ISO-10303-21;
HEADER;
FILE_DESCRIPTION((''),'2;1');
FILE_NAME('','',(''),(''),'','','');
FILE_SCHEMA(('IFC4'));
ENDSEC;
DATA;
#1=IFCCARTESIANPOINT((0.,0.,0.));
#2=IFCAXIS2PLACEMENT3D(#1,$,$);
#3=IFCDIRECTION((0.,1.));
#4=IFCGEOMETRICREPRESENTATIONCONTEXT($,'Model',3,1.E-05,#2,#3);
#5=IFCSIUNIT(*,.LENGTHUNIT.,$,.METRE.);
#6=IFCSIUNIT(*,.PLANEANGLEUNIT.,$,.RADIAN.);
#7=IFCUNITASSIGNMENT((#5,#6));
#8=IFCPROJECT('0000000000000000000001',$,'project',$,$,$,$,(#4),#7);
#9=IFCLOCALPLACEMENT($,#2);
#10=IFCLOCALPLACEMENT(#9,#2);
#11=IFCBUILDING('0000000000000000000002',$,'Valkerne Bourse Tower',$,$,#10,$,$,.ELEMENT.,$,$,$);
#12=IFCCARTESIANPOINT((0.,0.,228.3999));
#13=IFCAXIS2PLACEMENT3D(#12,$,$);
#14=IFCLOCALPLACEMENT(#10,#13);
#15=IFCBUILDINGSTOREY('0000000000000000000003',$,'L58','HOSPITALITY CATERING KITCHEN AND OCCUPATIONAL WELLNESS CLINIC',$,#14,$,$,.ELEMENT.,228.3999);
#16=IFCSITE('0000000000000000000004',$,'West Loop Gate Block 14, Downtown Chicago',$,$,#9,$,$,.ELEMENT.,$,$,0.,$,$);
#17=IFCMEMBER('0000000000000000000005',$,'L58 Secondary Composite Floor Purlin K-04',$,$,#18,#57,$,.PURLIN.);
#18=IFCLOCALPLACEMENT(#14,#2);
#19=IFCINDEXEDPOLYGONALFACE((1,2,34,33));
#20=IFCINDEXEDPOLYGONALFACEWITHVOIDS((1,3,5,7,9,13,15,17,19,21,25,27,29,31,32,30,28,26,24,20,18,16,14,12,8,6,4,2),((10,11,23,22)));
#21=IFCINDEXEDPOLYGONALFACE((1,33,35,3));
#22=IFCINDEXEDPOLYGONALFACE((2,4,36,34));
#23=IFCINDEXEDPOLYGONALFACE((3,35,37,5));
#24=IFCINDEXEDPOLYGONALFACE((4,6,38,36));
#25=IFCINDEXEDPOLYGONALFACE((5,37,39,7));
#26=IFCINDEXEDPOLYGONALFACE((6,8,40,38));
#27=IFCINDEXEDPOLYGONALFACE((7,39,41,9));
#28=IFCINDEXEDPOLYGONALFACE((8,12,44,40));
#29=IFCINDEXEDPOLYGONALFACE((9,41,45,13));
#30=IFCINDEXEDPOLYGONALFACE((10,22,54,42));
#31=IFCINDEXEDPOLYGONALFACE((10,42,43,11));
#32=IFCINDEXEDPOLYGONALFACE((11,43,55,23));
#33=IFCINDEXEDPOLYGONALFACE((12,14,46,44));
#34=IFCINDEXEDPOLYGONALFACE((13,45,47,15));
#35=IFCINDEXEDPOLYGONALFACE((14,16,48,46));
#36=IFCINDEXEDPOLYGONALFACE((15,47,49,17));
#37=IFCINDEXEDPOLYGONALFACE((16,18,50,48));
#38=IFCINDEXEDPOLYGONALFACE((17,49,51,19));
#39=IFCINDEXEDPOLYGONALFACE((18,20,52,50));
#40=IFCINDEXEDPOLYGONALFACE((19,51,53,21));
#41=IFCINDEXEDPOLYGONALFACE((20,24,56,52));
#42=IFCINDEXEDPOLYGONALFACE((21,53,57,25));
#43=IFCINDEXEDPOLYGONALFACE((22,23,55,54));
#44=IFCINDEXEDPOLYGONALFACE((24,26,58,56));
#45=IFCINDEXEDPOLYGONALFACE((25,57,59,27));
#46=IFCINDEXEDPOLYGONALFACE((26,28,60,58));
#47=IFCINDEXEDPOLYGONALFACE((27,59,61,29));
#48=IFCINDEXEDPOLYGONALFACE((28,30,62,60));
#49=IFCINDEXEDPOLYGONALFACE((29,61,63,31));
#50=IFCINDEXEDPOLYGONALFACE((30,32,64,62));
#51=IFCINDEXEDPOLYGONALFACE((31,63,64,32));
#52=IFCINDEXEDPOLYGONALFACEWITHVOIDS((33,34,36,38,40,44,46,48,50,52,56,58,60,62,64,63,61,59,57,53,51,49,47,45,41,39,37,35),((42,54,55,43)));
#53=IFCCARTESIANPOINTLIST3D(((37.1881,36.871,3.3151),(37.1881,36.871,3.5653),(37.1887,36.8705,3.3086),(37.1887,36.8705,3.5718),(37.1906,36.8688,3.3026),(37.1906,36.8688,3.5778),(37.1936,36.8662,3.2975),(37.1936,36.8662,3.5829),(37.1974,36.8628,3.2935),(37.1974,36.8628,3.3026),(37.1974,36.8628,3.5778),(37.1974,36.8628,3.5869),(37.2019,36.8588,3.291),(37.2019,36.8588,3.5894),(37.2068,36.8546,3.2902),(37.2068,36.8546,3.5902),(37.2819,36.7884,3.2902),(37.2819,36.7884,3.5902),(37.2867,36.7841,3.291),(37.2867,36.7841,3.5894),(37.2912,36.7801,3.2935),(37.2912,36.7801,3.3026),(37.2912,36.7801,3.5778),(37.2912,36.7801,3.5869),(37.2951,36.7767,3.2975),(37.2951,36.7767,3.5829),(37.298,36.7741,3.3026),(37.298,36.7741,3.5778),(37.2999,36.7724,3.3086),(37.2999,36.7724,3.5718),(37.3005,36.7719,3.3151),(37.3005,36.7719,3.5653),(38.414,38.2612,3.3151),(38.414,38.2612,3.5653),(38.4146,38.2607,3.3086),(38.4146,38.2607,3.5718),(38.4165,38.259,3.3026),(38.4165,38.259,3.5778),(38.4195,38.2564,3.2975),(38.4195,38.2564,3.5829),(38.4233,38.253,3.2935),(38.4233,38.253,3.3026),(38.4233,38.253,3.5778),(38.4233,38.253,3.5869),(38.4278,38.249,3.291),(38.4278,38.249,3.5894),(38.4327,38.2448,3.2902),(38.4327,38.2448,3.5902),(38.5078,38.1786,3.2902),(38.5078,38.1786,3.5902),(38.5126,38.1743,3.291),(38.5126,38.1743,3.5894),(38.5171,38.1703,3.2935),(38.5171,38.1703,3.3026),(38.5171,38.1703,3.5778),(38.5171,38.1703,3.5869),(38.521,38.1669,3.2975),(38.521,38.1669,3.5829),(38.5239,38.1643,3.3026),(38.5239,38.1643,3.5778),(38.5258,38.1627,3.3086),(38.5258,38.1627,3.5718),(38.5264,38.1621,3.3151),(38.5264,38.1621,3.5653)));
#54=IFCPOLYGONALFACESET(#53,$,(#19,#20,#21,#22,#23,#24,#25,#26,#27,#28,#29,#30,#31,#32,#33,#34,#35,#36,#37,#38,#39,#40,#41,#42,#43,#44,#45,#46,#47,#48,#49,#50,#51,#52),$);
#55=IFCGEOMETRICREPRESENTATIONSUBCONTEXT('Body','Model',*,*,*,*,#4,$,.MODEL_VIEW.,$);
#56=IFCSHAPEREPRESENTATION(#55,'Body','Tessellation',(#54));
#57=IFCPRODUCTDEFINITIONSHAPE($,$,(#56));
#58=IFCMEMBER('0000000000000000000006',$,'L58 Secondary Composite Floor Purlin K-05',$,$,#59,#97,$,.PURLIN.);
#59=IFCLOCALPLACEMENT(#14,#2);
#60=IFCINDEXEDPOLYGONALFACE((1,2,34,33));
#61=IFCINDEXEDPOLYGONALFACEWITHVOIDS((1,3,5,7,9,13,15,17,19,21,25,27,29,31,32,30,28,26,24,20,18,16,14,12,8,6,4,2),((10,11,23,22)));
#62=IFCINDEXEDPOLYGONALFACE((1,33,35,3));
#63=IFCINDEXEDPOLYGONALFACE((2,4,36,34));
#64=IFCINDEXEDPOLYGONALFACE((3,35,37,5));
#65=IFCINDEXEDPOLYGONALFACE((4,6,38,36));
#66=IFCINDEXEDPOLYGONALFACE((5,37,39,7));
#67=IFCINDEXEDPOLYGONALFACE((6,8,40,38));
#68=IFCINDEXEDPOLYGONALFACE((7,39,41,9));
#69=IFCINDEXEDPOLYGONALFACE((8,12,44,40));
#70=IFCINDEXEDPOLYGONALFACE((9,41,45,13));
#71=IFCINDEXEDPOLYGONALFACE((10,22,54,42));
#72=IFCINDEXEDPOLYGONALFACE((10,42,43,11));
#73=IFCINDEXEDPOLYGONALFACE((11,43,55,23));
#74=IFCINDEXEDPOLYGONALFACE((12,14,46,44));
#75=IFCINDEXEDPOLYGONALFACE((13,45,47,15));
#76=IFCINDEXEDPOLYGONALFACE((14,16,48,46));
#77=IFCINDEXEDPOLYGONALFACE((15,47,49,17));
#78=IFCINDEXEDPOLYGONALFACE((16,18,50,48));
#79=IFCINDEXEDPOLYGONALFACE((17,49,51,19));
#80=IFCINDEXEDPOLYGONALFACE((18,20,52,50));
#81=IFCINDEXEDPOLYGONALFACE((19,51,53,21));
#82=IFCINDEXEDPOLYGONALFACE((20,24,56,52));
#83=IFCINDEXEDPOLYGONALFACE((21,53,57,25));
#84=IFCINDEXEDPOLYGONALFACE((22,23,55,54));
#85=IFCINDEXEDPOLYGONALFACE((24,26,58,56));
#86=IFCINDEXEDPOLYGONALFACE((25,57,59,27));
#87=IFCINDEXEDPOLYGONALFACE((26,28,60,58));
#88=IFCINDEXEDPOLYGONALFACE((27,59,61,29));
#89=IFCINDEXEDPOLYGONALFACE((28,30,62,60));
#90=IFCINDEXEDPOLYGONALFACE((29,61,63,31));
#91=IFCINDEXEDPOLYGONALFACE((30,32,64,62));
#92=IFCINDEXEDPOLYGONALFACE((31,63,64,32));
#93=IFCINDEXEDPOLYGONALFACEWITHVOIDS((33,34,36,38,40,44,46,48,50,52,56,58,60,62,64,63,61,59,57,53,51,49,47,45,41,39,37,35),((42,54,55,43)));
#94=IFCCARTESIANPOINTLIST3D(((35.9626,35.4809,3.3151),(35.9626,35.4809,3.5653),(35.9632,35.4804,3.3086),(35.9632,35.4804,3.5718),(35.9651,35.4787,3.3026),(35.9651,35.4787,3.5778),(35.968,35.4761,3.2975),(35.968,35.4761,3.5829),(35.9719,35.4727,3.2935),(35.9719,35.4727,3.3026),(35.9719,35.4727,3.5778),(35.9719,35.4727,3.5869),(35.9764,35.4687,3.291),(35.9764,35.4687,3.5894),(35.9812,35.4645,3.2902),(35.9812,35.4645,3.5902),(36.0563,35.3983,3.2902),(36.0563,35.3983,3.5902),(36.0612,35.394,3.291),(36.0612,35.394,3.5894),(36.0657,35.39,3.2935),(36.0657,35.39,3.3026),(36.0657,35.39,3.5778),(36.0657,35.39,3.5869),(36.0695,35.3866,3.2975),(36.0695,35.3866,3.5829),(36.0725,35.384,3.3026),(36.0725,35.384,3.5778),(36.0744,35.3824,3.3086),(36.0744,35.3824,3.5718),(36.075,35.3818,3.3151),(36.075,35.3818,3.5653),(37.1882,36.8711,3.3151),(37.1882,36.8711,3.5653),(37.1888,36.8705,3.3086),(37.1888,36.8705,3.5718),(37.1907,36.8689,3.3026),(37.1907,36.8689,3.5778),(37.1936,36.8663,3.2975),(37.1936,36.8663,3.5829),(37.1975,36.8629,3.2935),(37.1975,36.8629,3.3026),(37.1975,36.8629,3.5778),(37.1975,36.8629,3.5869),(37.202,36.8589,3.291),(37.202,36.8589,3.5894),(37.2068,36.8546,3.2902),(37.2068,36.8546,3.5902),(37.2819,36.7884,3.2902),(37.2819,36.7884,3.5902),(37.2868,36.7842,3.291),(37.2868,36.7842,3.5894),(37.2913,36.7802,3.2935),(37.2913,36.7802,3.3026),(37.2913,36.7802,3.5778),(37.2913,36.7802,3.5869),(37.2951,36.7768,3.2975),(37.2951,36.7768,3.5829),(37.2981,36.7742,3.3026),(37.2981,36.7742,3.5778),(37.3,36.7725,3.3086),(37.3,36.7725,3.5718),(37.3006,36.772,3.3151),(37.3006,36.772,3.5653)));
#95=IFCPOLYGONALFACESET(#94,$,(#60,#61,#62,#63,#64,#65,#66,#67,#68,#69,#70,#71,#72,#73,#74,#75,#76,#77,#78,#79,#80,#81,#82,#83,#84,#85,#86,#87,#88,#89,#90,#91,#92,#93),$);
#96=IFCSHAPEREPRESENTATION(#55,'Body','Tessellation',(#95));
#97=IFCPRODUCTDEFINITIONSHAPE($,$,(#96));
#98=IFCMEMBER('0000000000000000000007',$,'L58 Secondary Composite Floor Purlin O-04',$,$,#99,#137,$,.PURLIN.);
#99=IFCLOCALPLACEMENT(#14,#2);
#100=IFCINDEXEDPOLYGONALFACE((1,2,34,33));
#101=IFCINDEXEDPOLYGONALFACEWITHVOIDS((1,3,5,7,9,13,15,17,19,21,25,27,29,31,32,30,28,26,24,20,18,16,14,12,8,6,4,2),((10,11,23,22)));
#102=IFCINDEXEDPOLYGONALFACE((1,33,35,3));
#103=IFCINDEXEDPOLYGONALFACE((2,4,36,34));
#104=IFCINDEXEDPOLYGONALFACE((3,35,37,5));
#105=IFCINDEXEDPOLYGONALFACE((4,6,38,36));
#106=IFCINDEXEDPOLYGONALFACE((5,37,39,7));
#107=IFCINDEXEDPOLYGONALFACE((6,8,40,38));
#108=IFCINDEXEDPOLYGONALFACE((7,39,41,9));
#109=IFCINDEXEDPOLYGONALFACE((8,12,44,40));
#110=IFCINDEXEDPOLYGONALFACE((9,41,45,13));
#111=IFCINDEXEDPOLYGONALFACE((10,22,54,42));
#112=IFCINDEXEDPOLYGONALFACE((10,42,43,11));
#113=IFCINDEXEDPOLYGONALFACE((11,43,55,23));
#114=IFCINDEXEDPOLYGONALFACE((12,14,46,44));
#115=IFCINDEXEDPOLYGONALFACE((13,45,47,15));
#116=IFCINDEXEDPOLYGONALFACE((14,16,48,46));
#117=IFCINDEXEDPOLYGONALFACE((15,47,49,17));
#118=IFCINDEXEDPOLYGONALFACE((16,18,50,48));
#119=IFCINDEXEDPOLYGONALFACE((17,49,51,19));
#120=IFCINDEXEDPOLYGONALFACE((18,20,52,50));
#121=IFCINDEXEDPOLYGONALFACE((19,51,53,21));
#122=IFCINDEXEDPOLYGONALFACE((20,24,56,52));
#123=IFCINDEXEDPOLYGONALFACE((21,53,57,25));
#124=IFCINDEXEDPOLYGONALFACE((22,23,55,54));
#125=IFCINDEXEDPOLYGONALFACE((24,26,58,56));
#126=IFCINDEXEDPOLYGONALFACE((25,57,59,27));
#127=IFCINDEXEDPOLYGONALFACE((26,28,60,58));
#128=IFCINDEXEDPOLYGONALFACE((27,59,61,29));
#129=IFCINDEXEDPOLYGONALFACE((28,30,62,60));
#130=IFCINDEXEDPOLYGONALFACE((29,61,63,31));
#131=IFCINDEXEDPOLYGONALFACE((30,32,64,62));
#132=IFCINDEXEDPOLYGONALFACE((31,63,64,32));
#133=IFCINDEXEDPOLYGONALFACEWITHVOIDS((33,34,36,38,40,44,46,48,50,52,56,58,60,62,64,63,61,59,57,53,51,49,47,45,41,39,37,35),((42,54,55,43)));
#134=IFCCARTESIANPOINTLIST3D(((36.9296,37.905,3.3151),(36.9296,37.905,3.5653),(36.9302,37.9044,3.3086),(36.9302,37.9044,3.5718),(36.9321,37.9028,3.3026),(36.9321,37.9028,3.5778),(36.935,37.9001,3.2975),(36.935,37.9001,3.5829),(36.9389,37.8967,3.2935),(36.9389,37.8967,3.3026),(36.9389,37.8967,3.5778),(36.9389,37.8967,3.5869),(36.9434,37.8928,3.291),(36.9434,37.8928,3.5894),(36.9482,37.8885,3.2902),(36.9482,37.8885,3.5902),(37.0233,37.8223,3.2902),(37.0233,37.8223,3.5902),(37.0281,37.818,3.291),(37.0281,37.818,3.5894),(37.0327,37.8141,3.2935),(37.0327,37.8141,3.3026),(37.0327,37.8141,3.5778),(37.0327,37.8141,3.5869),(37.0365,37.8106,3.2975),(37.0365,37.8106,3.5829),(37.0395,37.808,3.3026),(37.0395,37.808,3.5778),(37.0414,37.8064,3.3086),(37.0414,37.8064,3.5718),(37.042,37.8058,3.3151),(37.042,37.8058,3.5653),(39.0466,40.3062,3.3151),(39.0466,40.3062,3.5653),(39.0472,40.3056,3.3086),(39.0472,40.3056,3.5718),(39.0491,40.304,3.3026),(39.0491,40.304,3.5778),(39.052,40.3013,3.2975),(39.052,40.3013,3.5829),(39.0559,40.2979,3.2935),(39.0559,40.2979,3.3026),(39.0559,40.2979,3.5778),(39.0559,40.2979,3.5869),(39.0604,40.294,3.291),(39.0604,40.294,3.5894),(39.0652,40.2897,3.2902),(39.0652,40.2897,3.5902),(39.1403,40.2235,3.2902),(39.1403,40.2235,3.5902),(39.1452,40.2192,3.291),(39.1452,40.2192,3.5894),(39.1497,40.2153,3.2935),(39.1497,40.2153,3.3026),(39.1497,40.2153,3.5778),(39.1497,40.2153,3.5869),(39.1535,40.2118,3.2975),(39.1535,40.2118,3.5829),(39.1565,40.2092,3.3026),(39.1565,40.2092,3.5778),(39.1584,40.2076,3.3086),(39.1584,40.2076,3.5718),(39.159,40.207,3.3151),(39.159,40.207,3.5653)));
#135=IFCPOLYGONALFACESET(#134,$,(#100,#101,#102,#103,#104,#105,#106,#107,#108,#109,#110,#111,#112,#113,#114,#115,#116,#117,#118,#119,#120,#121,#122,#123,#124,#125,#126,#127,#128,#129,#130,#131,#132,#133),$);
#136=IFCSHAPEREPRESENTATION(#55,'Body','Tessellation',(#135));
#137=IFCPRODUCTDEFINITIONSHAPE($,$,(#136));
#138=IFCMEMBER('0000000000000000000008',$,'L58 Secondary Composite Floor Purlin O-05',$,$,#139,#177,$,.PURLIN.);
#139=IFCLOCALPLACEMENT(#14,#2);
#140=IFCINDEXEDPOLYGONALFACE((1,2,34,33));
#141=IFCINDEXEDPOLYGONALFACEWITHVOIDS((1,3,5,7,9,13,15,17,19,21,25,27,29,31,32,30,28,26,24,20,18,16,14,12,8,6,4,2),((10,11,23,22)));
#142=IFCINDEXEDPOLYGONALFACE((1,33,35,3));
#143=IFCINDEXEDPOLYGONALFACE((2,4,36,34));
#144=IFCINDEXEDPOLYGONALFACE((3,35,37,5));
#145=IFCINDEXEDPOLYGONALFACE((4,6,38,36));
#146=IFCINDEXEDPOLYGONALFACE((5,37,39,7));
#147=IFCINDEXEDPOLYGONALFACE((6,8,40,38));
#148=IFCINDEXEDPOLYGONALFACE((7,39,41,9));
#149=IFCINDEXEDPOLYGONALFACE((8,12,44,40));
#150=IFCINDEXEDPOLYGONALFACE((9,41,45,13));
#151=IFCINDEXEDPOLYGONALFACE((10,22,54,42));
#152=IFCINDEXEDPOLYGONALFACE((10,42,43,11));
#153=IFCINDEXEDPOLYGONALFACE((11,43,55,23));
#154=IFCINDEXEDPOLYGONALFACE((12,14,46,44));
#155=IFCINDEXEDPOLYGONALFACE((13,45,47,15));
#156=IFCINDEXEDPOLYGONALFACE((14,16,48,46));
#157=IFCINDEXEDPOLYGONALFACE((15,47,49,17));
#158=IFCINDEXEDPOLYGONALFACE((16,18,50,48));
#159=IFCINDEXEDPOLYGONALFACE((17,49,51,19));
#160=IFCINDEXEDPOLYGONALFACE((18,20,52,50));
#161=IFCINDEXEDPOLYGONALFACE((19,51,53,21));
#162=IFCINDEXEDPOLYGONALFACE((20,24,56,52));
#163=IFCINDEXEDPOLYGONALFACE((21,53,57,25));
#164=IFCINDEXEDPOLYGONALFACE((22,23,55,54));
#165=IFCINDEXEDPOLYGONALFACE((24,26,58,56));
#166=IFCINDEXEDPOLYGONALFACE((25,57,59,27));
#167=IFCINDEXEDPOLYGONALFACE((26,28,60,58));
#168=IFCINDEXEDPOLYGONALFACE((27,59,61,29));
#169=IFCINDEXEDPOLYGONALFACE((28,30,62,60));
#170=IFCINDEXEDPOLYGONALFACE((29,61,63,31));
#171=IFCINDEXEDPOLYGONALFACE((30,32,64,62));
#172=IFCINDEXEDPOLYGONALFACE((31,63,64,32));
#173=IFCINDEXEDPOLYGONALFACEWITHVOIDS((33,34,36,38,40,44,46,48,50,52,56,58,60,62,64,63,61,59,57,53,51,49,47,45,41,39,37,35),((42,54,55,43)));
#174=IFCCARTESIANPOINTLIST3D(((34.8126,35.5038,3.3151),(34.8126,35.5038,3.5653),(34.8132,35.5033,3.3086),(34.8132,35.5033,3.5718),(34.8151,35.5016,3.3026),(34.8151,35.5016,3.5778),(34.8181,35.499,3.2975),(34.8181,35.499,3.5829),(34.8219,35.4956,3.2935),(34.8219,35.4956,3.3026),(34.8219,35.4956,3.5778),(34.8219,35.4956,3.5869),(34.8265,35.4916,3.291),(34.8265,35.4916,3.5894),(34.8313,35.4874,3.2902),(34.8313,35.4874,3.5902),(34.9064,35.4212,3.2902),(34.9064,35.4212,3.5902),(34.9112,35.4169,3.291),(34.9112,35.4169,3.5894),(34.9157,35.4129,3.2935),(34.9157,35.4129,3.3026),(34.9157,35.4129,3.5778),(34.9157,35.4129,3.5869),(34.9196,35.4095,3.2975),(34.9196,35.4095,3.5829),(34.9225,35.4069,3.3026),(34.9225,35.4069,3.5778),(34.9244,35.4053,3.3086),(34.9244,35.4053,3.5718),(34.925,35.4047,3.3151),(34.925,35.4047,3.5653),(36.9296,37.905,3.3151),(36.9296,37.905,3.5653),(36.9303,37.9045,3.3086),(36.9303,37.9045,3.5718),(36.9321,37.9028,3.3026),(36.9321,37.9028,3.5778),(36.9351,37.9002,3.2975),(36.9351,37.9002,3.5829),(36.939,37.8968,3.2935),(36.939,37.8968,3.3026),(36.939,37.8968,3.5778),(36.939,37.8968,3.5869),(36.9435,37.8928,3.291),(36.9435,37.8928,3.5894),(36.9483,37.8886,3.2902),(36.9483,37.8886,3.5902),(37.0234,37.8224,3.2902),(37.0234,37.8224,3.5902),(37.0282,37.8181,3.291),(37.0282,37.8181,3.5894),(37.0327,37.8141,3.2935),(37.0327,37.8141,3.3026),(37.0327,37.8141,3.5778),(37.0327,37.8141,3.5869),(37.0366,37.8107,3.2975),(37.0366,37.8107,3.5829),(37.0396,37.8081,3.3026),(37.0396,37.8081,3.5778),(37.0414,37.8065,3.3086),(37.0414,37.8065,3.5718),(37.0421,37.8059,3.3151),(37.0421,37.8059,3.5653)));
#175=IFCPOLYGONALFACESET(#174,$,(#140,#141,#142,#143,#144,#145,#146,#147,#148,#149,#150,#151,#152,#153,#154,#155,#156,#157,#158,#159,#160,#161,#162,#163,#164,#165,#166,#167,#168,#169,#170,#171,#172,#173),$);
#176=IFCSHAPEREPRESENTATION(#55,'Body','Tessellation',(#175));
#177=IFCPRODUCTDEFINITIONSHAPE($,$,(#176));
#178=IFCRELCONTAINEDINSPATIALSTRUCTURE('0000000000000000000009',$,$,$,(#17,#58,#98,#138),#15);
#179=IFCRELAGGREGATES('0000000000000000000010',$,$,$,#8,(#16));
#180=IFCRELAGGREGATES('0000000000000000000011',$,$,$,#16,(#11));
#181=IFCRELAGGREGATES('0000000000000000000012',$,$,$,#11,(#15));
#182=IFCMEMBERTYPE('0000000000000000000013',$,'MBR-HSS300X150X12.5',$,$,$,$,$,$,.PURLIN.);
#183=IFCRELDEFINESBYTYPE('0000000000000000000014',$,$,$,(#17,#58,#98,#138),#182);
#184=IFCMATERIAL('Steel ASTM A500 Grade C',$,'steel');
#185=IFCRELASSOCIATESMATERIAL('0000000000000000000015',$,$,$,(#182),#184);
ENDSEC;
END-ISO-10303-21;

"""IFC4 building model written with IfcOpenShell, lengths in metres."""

from ifc_helpers import new_model, si_unit, direction, frame, origin, origin_2d, place, context, subcontext, project, spatial, hollow_rectangle, extrude, material, material_profile, profile_set, type_object, element, save


model = new_model("IFC4")

# Units and contexts
model_context = context("Model", 3, precision=1e-05, world=origin(), true_north=direction((0.0, 1.0)))
body_context = subcontext(model_context, "Body", "Model", "MODEL_VIEW")
ifc_project = project(units=[si_unit("LENGTHUNIT", "METRE"), si_unit("PLANEANGLEUNIT", "RADIAN")], contexts=[model_context])

# Site, building, storey
site_placement = place(None, origin())
site = spatial("IfcSite", under=ifc_project, at=site_placement, Name="West Loop Gate Block 14, Downtown Chicago", CompositionType="ELEMENT", RefElevation=0.0)
building_placement = place(site_placement, origin())
building = spatial("IfcBuilding", under=site, at=building_placement, Name="Valkerne Bourse Tower", CompositionType="ELEMENT")
storey_placement = place(building_placement, frame((0.0, 0.0, 228.3999)))
storey = spatial("IfcBuildingStorey", under=building, at=storey_placement, Name="L58", Description="HOSPITALITY CATERING KITCHEN AND OCCUPATIONAL WELLNESS CLINIC", CompositionType="ELEMENT", Elevation=228.3999)

# Members
ifc_material_1 = material(Name="Steel ASTM A500 Grade C", Category="steel")
ifc_material_profile_1 = material_profile(ifc_material_1, hollow_rectangle(XDim=0.1499, YDim=0.3, WallThickness=0.0125, OuterFilletRadius=0.0249, at=origin_2d()), Name="HSS300X150X12.5")
ifc_profile_set_1 = profile_set([ifc_material_profile_1], Name="Steel ASTM A500 Grade C")
member_type_1 = type_object("IfcMemberType", Name="MBR-HSS300X150X12.5", PredefinedType="PURLIN", material=ifc_profile_set_1)
member_1_placement = place(storey_placement, frame((38.4702, 38.2117, 3.4402), z_axis=(-0.661391, -0.750042, 0.0), x_axis=(0.750042, -0.661391, 0.0)))
element("IfcMember", 1, at=member_1_placement, inside=storey, type_object=member_type_1, Name="L58 Secondary Composite Floor Purlin K-04", PredefinedType="PURLIN", context=body_context, shape_type="SweptSolid", body=[
    extrude(hollow_rectangle(XDim=0.1499, YDim=0.3, WallThickness=0.0125, OuterFilletRadius=0.0249, at=origin_2d()), origin(), (0.0, 0.0, 1.0), 1.8535),
])
member_2_placement = place(storey_placement, frame((37.2444, 36.8215, 3.4402), z_axis=(-0.661317, -0.750107, 0.0), x_axis=(0.750107, -0.661317, 0.0)))
element("IfcMember", 2, at=member_2_placement, inside=storey, type_object=member_type_1, Name="L58 Secondary Composite Floor Purlin K-05", PredefinedType="PURLIN", context=body_context, shape_type="SweptSolid", body=[
    extrude(hollow_rectangle(XDim=0.1499, YDim=0.3, WallThickness=0.0125, OuterFilletRadius=0.0249, at=origin_2d()), origin(), (0.0, 0.0, 1.0), 1.8533),
])
for number, where, z_axis, x_axis, name in (
    (3, (39.1028, 40.2566, 3.4402), (-0.661324, -0.7501, 0.0), (0.7501, -0.661324, 0.0), "L58 Secondary Composite Floor Purlin O-04"),
    (4, (36.9858, 37.8555, 3.4402), (-0.661324, -0.7501, 0.0), (0.7501, -0.661324, 0.0), "L58 Secondary Composite Floor Purlin O-05"),
):
    element("IfcMember", number, at=place(storey_placement, frame(where, z_axis=z_axis, x_axis=x_axis)), inside=storey, type_object=member_type_1, Name=name, PredefinedType="PURLIN", context=body_context, shape_type="SweptSolid", body=[
        extrude(hollow_rectangle(XDim=0.1499, YDim=0.3, WallThickness=0.0125, OuterFilletRadius=0.0249, at=origin_2d()), origin(), (0.0, 0.0, 1.0), 3.2012),
    ])

save(model, "model.ifc")
